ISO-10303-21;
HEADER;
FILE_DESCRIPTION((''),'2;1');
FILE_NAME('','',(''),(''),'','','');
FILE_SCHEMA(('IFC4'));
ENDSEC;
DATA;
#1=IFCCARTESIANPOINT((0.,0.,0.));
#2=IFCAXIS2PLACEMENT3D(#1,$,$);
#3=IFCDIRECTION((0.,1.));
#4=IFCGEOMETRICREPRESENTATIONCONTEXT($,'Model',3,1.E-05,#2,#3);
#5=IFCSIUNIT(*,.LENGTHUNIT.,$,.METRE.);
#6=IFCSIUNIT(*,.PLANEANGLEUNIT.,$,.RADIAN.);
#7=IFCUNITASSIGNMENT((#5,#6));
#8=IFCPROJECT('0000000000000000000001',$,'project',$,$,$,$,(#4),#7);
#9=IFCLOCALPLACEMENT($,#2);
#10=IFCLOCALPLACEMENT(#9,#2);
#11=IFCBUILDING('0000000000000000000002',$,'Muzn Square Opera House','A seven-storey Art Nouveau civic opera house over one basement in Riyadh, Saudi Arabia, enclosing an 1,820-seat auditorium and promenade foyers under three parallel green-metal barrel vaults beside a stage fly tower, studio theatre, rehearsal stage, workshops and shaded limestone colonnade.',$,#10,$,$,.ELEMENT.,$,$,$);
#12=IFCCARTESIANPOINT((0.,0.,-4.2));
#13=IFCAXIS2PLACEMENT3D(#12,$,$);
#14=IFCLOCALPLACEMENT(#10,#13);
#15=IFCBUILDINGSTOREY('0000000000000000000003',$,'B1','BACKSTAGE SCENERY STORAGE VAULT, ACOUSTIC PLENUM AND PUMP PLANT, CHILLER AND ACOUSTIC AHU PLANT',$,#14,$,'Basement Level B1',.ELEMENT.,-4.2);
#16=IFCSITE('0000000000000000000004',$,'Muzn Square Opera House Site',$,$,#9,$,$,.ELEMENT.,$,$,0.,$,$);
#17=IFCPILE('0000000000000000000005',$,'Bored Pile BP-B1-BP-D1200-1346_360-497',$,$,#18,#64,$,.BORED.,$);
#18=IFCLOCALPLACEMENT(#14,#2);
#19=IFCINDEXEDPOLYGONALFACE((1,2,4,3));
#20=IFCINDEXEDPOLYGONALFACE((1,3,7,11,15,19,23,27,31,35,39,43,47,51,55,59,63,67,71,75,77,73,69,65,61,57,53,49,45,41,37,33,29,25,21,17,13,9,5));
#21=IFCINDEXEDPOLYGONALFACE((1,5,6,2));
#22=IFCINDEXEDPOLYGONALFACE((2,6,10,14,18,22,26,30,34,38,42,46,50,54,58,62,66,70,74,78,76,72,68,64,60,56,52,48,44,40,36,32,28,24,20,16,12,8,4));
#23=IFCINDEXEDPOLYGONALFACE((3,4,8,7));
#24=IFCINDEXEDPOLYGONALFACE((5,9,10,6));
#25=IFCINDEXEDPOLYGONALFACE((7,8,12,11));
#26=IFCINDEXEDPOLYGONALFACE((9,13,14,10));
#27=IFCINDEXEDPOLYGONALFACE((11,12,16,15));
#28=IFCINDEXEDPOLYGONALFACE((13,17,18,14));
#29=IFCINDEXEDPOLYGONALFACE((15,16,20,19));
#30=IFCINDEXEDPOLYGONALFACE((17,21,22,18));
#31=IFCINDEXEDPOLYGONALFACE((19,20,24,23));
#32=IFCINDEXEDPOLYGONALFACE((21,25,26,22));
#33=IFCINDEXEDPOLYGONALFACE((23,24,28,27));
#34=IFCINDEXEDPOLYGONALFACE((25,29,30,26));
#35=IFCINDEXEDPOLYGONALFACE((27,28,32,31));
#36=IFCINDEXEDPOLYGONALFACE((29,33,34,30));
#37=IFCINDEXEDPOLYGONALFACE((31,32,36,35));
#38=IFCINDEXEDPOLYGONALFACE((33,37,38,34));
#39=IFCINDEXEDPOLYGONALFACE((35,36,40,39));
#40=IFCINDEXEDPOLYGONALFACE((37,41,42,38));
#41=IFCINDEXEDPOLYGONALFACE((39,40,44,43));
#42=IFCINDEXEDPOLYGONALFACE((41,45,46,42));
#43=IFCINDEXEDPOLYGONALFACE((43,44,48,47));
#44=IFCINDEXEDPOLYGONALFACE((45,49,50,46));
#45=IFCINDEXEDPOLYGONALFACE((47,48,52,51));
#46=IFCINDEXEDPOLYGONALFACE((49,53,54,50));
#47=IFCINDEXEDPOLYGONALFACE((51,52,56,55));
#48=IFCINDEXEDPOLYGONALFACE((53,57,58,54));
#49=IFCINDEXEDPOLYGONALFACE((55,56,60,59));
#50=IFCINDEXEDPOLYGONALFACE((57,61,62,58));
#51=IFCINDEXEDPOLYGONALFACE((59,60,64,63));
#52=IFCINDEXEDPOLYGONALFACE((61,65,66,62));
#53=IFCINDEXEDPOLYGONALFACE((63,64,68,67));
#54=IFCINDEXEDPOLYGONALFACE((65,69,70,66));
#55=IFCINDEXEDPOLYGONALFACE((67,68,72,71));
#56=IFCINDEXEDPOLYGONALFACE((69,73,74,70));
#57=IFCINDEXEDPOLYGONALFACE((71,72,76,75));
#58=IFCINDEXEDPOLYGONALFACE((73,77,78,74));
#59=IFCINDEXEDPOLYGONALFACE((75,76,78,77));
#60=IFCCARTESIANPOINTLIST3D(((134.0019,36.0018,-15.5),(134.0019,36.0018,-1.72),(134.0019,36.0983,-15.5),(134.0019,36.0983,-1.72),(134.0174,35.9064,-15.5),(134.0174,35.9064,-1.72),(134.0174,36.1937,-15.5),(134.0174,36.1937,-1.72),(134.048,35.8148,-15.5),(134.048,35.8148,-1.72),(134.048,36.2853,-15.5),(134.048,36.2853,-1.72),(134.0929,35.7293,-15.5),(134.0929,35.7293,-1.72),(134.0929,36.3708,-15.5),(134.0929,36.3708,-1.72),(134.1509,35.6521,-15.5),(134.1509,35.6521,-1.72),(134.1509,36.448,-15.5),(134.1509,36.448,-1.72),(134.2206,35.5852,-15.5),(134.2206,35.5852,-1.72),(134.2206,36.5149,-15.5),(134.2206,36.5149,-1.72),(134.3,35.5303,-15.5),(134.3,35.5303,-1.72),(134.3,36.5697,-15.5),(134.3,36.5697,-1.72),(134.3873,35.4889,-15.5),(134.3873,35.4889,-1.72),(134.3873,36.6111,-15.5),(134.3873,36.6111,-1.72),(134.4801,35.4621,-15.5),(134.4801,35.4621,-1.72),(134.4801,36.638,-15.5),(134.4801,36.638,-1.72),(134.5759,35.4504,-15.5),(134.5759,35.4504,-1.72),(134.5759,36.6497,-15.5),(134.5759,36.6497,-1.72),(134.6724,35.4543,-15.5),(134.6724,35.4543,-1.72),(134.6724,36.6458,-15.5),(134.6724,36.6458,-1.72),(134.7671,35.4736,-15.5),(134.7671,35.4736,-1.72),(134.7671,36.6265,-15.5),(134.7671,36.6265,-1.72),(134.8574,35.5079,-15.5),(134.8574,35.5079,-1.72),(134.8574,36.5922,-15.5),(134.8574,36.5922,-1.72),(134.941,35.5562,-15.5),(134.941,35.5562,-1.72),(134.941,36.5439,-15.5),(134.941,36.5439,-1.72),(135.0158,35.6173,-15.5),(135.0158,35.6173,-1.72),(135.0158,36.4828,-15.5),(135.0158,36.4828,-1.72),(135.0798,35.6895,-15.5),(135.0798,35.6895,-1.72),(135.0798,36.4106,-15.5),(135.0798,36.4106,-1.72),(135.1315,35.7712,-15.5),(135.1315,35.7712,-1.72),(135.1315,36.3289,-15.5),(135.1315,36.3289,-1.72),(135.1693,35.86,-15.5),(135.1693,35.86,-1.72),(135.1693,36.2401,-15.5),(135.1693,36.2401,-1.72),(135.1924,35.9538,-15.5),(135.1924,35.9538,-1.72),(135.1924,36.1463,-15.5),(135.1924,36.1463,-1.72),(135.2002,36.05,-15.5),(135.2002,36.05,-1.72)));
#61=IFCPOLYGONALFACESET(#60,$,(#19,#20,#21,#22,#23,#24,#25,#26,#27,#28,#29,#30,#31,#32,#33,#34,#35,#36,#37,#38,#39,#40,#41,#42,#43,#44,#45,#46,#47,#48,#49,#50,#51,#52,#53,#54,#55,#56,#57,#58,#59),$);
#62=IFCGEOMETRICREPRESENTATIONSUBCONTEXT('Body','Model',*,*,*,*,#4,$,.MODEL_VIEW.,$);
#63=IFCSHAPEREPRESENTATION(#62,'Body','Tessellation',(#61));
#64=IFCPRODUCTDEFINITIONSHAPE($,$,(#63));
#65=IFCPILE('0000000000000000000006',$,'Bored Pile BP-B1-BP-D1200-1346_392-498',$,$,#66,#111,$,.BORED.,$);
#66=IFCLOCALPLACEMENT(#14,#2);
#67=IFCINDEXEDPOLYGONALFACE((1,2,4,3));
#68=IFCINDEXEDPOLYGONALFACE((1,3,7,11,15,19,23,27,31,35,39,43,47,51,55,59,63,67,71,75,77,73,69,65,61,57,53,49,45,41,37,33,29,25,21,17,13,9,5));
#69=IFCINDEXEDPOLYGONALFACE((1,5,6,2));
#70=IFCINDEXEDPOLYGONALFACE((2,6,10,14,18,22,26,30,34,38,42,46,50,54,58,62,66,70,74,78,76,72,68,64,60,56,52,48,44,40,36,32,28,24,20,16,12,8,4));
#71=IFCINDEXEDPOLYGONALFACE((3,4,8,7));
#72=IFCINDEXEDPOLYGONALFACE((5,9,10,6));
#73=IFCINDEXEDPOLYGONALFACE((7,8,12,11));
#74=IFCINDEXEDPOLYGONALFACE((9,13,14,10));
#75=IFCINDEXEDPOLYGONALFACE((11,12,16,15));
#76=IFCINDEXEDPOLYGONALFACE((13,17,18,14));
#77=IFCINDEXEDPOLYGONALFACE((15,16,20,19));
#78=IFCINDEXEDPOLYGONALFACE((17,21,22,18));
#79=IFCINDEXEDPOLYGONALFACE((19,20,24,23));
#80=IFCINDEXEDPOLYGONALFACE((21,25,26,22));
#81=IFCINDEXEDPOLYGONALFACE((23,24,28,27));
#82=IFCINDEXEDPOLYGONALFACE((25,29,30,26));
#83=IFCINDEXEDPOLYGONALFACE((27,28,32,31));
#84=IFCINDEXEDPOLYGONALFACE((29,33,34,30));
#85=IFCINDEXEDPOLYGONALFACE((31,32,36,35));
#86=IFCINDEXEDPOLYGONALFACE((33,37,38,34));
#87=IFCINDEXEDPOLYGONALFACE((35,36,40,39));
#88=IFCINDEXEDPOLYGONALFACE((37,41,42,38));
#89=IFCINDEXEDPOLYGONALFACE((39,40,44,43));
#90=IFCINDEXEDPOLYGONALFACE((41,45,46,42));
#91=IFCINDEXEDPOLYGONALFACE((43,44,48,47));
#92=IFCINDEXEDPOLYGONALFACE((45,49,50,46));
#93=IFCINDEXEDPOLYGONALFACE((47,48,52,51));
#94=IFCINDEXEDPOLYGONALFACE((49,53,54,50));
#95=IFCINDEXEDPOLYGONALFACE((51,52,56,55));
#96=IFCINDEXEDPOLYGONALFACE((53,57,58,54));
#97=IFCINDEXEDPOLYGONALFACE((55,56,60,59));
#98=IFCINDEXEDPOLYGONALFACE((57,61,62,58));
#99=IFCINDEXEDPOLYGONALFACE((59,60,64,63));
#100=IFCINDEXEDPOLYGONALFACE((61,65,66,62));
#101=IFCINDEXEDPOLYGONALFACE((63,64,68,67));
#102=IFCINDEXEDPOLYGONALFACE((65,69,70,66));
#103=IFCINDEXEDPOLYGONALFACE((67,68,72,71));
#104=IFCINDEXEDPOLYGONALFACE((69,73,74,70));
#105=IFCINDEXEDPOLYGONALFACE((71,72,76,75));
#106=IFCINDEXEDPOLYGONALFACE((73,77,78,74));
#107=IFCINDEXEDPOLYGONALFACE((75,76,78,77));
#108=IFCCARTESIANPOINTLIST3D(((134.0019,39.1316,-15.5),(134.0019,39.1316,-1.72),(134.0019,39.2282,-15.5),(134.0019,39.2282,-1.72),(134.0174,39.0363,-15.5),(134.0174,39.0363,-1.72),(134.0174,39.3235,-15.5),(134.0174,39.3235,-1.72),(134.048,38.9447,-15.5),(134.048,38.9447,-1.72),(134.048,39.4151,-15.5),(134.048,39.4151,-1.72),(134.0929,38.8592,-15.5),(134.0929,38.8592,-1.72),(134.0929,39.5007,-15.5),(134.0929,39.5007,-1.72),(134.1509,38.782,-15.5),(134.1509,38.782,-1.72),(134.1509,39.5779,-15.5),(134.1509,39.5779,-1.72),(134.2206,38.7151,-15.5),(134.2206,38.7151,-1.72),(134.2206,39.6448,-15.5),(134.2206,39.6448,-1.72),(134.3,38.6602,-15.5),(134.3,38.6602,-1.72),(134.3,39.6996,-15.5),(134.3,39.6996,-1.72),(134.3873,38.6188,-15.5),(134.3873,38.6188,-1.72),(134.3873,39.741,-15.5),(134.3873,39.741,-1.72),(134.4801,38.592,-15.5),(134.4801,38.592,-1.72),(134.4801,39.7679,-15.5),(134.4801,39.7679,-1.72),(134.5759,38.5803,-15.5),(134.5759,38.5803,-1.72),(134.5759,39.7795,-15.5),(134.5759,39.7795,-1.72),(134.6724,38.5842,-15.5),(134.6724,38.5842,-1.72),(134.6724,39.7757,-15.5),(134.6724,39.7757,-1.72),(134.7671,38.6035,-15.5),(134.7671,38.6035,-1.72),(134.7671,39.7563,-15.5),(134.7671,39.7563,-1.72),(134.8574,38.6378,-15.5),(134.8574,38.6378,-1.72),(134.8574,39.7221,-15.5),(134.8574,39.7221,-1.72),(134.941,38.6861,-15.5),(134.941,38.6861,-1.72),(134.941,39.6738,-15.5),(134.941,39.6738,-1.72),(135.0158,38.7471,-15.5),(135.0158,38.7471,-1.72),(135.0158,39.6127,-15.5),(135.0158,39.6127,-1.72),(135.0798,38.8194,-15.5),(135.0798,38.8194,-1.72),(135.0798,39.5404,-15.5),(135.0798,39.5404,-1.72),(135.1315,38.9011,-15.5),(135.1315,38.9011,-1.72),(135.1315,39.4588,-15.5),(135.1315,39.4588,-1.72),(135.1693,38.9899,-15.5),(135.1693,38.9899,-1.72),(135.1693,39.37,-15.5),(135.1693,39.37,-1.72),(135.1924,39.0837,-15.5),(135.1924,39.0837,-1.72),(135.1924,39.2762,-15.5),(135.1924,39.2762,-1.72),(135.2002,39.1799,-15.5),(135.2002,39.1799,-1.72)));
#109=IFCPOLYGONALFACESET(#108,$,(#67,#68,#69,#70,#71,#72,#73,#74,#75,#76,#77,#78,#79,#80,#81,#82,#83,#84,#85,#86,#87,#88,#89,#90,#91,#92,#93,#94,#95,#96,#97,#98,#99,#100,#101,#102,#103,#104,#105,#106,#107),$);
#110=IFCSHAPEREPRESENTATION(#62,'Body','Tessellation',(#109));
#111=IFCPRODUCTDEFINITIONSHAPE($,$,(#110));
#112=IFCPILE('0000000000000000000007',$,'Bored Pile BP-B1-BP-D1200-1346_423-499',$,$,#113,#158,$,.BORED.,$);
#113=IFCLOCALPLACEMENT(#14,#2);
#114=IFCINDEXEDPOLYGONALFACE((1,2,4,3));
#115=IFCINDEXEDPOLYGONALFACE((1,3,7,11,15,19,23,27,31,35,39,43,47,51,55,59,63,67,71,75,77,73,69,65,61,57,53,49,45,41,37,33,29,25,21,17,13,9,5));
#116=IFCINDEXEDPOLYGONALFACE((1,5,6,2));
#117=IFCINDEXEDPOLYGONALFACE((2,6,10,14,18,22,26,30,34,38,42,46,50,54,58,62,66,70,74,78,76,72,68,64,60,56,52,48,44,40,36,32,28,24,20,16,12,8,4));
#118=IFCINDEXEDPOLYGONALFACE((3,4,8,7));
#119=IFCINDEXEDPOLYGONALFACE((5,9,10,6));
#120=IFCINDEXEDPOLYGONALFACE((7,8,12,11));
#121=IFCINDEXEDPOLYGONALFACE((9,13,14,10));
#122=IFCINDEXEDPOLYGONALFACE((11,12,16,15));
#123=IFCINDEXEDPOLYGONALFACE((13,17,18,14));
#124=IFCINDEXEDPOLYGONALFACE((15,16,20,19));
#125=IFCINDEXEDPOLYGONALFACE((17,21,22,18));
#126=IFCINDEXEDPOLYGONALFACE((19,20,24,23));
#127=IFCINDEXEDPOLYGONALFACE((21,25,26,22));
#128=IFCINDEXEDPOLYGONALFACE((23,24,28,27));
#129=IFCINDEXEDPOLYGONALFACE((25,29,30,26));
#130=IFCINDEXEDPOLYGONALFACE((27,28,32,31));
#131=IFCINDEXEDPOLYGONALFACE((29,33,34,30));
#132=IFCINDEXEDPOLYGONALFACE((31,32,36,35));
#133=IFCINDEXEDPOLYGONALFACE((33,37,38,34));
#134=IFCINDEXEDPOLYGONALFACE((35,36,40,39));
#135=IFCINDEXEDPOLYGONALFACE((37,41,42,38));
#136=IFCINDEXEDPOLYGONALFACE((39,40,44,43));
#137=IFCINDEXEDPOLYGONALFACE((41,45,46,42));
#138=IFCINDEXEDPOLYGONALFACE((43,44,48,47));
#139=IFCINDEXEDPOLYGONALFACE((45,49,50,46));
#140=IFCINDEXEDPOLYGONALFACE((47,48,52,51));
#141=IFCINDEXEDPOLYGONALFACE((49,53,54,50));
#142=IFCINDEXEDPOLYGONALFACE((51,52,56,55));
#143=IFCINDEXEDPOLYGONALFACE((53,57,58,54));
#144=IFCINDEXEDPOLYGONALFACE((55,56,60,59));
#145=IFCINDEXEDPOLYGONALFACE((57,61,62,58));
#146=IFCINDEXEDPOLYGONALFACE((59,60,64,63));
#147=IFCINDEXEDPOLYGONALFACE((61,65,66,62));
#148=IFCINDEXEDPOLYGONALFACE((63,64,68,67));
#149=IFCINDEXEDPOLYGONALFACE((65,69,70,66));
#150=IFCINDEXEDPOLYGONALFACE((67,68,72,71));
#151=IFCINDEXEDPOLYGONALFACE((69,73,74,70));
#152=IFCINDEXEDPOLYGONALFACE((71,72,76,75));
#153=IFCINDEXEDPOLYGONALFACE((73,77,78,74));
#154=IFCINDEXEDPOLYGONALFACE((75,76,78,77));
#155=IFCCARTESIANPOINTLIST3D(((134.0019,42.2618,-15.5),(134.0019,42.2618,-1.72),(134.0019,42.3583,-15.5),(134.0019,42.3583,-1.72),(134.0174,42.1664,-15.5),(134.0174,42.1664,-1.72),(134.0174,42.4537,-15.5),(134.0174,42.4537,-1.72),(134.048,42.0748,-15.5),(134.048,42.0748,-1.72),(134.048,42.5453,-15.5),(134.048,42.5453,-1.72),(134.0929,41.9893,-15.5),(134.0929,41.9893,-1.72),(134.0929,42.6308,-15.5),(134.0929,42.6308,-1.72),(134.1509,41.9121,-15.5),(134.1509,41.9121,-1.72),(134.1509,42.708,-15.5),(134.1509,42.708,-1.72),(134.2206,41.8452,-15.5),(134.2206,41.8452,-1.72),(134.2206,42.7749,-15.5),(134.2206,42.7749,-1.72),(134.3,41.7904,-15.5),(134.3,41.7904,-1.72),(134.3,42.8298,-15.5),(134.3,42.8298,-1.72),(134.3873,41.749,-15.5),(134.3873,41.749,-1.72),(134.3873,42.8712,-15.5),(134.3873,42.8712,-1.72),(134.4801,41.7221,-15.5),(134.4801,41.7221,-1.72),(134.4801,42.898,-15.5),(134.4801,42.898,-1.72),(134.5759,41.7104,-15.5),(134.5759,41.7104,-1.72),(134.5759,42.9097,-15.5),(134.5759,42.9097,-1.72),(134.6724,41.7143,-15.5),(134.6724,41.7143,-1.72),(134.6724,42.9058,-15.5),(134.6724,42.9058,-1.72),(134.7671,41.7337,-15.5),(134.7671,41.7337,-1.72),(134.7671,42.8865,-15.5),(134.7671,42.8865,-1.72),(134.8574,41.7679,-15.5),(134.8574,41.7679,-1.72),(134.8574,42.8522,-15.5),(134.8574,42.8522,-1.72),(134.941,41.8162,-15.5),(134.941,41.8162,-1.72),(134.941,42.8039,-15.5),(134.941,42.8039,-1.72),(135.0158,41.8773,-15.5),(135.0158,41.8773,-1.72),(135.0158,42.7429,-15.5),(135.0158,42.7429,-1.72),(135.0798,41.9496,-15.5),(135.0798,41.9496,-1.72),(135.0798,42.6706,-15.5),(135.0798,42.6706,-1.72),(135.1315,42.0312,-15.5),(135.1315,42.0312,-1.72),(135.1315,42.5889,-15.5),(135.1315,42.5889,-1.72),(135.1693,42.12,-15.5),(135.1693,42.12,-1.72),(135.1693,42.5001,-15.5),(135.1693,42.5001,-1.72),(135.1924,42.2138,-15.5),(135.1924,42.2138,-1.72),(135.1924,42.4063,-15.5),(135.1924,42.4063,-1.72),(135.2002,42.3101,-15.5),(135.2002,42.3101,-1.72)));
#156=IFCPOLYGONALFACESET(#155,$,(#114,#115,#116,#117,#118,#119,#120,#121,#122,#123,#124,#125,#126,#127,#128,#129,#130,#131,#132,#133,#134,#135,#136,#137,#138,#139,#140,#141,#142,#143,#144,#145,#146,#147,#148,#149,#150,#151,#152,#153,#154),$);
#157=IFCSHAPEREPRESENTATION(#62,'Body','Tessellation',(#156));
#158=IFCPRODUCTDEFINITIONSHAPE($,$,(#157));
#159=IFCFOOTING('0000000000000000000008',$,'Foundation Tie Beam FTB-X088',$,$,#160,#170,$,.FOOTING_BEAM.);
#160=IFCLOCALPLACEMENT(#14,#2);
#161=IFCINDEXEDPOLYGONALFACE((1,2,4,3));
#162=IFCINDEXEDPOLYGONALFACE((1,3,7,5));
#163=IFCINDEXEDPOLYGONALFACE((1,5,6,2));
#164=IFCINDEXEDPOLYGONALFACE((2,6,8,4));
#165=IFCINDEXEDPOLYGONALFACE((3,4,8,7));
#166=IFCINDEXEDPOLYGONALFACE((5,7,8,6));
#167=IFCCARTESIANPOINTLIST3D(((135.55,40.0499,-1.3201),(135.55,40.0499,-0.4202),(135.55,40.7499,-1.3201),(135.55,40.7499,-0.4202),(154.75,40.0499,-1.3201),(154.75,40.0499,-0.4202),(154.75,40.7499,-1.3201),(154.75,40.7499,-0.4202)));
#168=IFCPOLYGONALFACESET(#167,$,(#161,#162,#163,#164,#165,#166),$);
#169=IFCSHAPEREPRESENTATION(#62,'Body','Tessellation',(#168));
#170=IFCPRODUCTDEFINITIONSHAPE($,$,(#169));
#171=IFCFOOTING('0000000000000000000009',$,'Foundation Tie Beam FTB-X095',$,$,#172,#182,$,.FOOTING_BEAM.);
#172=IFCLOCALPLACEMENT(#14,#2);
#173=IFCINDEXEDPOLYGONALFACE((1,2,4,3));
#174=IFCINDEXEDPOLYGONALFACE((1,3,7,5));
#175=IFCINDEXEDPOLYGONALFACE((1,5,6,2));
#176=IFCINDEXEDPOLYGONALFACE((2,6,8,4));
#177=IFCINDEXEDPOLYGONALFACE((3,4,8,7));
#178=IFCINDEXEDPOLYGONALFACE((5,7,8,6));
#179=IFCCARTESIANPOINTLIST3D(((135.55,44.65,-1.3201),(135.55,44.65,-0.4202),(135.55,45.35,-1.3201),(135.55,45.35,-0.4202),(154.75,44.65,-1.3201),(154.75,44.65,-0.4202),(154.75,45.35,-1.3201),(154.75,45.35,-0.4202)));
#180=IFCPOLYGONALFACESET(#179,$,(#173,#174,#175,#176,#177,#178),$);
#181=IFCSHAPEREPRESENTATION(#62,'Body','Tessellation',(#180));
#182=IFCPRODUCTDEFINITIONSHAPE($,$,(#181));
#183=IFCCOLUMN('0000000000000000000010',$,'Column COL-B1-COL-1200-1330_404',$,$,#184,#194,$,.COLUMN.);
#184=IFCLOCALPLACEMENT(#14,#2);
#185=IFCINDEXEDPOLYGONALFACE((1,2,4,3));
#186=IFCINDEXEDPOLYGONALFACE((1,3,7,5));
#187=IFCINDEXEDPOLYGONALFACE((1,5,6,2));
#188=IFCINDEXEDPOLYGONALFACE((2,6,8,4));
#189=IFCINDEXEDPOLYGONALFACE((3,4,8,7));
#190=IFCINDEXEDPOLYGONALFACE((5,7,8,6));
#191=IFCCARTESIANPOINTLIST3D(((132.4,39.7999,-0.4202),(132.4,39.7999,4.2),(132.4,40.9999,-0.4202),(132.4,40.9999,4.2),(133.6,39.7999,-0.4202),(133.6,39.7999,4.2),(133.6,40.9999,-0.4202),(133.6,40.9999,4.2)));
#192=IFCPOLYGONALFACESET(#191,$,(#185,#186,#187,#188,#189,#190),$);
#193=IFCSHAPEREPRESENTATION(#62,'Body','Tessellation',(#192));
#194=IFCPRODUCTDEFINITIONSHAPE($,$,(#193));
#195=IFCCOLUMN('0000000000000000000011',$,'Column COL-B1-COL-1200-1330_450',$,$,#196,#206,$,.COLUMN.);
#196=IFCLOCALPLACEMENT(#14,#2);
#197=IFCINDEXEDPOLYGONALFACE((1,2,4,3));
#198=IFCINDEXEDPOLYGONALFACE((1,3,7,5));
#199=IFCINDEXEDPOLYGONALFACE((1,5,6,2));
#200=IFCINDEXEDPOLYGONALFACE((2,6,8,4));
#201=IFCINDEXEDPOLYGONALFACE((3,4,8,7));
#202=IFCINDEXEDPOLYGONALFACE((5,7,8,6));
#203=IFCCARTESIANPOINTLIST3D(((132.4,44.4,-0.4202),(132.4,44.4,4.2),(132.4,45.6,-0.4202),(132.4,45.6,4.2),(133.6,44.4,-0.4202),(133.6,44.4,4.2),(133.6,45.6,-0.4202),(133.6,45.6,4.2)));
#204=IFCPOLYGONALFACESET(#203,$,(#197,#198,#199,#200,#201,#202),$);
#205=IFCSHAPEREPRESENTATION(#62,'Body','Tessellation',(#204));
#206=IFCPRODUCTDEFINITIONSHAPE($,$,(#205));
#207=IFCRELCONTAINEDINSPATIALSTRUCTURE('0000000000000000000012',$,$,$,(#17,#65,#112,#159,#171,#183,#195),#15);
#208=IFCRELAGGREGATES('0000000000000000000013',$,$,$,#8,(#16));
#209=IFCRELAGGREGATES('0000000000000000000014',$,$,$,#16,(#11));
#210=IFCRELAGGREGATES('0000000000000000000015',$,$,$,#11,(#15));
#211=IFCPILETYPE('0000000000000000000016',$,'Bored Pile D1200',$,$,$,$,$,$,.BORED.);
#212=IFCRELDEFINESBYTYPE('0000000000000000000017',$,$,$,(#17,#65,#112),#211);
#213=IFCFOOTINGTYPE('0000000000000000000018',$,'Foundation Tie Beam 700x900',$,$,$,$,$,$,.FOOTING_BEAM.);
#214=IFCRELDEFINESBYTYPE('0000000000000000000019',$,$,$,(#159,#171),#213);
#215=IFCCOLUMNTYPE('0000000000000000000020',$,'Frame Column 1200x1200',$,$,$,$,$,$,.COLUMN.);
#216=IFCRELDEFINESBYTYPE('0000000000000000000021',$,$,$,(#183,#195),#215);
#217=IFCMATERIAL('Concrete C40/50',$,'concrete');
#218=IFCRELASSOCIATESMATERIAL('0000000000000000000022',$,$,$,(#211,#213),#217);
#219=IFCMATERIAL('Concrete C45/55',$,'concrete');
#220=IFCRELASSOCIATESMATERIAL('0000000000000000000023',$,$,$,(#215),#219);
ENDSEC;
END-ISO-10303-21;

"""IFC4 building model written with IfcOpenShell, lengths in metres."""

from ifc_helpers import new_model, si_unit, direction, frame, origin, origin_2d, place, context, subcontext, project, spatial, rectangle, circle, extrude, material, material_profile, profile_set, type_object, element, save


model = new_model("IFC4")

# Units and contexts
model_context = context("Model", 3, precision=1e-05, world=origin(), true_north=direction((0.0, 1.0)))
body_context = subcontext(model_context, "Body", "Model", "MODEL_VIEW")
ifc_project = project(units=[si_unit("LENGTHUNIT", "METRE"), si_unit("PLANEANGLEUNIT", "RADIAN")], contexts=[model_context])

# Site, building, storey
site_placement = place(None, origin())
site = spatial("IfcSite", under=ifc_project, at=site_placement, Name="Muzn Square Opera House Site", CompositionType="ELEMENT", RefElevation=0.0)
building_placement = place(site_placement, origin())
building = spatial("IfcBuilding", under=site, at=building_placement, Name="Muzn Square Opera House", Description="A seven-storey Art Nouveau civic opera house over one basement in Riyadh, Saudi Arabia, enclosing an 1,820-seat auditorium and promenade foyers under three parallel green-metal barrel vaults beside a stage fly tower, studio theatre, rehearsal stage, workshops and shaded limestone colonnade.", CompositionType="ELEMENT")
storey_placement = place(building_placement, frame((0.0, 0.0, -4.2)))
storey = spatial("IfcBuildingStorey", under=building, at=storey_placement, Name="B1", Description="BACKSTAGE SCENERY STORAGE VAULT, ACOUSTIC PLENUM AND PUMP PLANT, CHILLER AND ACOUSTIC AHU PLANT", LongName="Basement Level B1", CompositionType="ELEMENT", Elevation=-4.2)

# Piles
ifc_material_1 = material(Name="Concrete C40/50", Category="concrete")
ifc_material_profile_1 = material_profile(ifc_material_1, circle(Radius=0.6001, at=origin_2d()), Name="BORED PILE D1200", Category="concrete")
ifc_profile_set_1 = profile_set([ifc_material_profile_1], Name="Concrete C40/50")
pile_type = type_object("IfcPileType", Name="Bored Pile D1200", PredefinedType="BORED", material=ifc_profile_set_1)
for number, where, z_axis, x_axis, name in (
    (1, (134.6001, 36.05, -1.72), (0.0, 0.0, -1.0), (1.0, 0.0, 0.0), "Bored Pile BP-B1-BP-D1200-1346_360-497"),
    (2, (134.6001, 39.1799, -1.72), (0.0, 0.0, -1.0), (1.0, 0.0, 0.0), "Bored Pile BP-B1-BP-D1200-1346_392-498"),
    (3, (134.6001, 42.3101, -1.72), (0.0, 0.0, -1.0), (1.0, 0.0, 0.0), "Bored Pile BP-B1-BP-D1200-1346_423-499"),
):
    element("IfcPile", number, at=place(storey_placement, frame(where, z_axis=z_axis, x_axis=x_axis)), inside=storey, type_object=pile_type, Name=name, PredefinedType="BORED", context=body_context, shape_type="SweptSolid", body=[
        extrude(circle(Radius=0.6001, at=origin_2d()), origin(), (0.0, 0.0, 1.0), 13.78),
    ])

# Footings
ifc_material_profile_2 = material_profile(ifc_material_1, rectangle(XDim=0.7, YDim=0.8999, at=origin_2d()), Name="RCTB 700x900", Category="concrete")
ifc_profile_set_2 = profile_set([ifc_material_profile_2], Name="Concrete C40/50")
footing_type = type_object("IfcFootingType", Name="Foundation Tie Beam 700x900", PredefinedType="FOOTING_BEAM", material=ifc_profile_set_2)
for number, where, z_axis, x_axis, name in (
    (4, (135.55, 40.3999, -0.8701), (1.0, 0.0, 0.0), (0.0, 1.0, 0.0), "Foundation Tie Beam FTB-X088"),
    (5, (135.55, 45.0, -0.8701), (1.0, 0.0, 0.0), (0.0, 1.0, 0.0), "Foundation Tie Beam FTB-X095"),
):
    element("IfcFooting", number, at=place(storey_placement, frame(where, z_axis=z_axis, x_axis=x_axis)), inside=storey, type_object=footing_type, Name=name, PredefinedType="FOOTING_BEAM", context=body_context, shape_type="SweptSolid", body=[
        extrude(rectangle(XDim=0.7, YDim=0.8999, at=origin_2d()), origin(), (0.0, 0.0, 1.0), 19.2),
    ])

# Columns
ifc_material_2 = material(Name="Concrete C45/55", Category="concrete")
ifc_material_profile_3 = material_profile(ifc_material_2, rectangle(XDim=1.2, YDim=1.2, at=origin_2d()), Name="RC 1200x1200", Category="concrete")
ifc_profile_set_3 = profile_set([ifc_material_profile_3], Name="Concrete C45/55")
column_type = type_object("IfcColumnType", Name="Frame Column 1200x1200", PredefinedType="COLUMN", material=ifc_profile_set_3)
for number, where, z_axis, x_axis, name in (
    (6, (133.0, 40.3999, -0.4202), (0.0, 0.0, 1.0), (1.0, 0.0, 0.0), "Column COL-B1-COL-1200-1330_404"),
    (7, (133.0, 45.0, -0.4202), (0.0, 0.0, 1.0), (1.0, 0.0, 0.0), "Column COL-B1-COL-1200-1330_450"),
):
    element("IfcColumn", number, at=place(storey_placement, frame(where, z_axis=z_axis, x_axis=x_axis)), inside=storey, type_object=column_type, Name=name, PredefinedType="COLUMN", context=body_context, shape_type="SweptSolid", body=[
        extrude(rectangle(XDim=1.2, YDim=1.2, at=origin_2d()), origin(), (0.0, 0.0, 1.0), 4.6201),
    ])

save(model, "model.ifc")
